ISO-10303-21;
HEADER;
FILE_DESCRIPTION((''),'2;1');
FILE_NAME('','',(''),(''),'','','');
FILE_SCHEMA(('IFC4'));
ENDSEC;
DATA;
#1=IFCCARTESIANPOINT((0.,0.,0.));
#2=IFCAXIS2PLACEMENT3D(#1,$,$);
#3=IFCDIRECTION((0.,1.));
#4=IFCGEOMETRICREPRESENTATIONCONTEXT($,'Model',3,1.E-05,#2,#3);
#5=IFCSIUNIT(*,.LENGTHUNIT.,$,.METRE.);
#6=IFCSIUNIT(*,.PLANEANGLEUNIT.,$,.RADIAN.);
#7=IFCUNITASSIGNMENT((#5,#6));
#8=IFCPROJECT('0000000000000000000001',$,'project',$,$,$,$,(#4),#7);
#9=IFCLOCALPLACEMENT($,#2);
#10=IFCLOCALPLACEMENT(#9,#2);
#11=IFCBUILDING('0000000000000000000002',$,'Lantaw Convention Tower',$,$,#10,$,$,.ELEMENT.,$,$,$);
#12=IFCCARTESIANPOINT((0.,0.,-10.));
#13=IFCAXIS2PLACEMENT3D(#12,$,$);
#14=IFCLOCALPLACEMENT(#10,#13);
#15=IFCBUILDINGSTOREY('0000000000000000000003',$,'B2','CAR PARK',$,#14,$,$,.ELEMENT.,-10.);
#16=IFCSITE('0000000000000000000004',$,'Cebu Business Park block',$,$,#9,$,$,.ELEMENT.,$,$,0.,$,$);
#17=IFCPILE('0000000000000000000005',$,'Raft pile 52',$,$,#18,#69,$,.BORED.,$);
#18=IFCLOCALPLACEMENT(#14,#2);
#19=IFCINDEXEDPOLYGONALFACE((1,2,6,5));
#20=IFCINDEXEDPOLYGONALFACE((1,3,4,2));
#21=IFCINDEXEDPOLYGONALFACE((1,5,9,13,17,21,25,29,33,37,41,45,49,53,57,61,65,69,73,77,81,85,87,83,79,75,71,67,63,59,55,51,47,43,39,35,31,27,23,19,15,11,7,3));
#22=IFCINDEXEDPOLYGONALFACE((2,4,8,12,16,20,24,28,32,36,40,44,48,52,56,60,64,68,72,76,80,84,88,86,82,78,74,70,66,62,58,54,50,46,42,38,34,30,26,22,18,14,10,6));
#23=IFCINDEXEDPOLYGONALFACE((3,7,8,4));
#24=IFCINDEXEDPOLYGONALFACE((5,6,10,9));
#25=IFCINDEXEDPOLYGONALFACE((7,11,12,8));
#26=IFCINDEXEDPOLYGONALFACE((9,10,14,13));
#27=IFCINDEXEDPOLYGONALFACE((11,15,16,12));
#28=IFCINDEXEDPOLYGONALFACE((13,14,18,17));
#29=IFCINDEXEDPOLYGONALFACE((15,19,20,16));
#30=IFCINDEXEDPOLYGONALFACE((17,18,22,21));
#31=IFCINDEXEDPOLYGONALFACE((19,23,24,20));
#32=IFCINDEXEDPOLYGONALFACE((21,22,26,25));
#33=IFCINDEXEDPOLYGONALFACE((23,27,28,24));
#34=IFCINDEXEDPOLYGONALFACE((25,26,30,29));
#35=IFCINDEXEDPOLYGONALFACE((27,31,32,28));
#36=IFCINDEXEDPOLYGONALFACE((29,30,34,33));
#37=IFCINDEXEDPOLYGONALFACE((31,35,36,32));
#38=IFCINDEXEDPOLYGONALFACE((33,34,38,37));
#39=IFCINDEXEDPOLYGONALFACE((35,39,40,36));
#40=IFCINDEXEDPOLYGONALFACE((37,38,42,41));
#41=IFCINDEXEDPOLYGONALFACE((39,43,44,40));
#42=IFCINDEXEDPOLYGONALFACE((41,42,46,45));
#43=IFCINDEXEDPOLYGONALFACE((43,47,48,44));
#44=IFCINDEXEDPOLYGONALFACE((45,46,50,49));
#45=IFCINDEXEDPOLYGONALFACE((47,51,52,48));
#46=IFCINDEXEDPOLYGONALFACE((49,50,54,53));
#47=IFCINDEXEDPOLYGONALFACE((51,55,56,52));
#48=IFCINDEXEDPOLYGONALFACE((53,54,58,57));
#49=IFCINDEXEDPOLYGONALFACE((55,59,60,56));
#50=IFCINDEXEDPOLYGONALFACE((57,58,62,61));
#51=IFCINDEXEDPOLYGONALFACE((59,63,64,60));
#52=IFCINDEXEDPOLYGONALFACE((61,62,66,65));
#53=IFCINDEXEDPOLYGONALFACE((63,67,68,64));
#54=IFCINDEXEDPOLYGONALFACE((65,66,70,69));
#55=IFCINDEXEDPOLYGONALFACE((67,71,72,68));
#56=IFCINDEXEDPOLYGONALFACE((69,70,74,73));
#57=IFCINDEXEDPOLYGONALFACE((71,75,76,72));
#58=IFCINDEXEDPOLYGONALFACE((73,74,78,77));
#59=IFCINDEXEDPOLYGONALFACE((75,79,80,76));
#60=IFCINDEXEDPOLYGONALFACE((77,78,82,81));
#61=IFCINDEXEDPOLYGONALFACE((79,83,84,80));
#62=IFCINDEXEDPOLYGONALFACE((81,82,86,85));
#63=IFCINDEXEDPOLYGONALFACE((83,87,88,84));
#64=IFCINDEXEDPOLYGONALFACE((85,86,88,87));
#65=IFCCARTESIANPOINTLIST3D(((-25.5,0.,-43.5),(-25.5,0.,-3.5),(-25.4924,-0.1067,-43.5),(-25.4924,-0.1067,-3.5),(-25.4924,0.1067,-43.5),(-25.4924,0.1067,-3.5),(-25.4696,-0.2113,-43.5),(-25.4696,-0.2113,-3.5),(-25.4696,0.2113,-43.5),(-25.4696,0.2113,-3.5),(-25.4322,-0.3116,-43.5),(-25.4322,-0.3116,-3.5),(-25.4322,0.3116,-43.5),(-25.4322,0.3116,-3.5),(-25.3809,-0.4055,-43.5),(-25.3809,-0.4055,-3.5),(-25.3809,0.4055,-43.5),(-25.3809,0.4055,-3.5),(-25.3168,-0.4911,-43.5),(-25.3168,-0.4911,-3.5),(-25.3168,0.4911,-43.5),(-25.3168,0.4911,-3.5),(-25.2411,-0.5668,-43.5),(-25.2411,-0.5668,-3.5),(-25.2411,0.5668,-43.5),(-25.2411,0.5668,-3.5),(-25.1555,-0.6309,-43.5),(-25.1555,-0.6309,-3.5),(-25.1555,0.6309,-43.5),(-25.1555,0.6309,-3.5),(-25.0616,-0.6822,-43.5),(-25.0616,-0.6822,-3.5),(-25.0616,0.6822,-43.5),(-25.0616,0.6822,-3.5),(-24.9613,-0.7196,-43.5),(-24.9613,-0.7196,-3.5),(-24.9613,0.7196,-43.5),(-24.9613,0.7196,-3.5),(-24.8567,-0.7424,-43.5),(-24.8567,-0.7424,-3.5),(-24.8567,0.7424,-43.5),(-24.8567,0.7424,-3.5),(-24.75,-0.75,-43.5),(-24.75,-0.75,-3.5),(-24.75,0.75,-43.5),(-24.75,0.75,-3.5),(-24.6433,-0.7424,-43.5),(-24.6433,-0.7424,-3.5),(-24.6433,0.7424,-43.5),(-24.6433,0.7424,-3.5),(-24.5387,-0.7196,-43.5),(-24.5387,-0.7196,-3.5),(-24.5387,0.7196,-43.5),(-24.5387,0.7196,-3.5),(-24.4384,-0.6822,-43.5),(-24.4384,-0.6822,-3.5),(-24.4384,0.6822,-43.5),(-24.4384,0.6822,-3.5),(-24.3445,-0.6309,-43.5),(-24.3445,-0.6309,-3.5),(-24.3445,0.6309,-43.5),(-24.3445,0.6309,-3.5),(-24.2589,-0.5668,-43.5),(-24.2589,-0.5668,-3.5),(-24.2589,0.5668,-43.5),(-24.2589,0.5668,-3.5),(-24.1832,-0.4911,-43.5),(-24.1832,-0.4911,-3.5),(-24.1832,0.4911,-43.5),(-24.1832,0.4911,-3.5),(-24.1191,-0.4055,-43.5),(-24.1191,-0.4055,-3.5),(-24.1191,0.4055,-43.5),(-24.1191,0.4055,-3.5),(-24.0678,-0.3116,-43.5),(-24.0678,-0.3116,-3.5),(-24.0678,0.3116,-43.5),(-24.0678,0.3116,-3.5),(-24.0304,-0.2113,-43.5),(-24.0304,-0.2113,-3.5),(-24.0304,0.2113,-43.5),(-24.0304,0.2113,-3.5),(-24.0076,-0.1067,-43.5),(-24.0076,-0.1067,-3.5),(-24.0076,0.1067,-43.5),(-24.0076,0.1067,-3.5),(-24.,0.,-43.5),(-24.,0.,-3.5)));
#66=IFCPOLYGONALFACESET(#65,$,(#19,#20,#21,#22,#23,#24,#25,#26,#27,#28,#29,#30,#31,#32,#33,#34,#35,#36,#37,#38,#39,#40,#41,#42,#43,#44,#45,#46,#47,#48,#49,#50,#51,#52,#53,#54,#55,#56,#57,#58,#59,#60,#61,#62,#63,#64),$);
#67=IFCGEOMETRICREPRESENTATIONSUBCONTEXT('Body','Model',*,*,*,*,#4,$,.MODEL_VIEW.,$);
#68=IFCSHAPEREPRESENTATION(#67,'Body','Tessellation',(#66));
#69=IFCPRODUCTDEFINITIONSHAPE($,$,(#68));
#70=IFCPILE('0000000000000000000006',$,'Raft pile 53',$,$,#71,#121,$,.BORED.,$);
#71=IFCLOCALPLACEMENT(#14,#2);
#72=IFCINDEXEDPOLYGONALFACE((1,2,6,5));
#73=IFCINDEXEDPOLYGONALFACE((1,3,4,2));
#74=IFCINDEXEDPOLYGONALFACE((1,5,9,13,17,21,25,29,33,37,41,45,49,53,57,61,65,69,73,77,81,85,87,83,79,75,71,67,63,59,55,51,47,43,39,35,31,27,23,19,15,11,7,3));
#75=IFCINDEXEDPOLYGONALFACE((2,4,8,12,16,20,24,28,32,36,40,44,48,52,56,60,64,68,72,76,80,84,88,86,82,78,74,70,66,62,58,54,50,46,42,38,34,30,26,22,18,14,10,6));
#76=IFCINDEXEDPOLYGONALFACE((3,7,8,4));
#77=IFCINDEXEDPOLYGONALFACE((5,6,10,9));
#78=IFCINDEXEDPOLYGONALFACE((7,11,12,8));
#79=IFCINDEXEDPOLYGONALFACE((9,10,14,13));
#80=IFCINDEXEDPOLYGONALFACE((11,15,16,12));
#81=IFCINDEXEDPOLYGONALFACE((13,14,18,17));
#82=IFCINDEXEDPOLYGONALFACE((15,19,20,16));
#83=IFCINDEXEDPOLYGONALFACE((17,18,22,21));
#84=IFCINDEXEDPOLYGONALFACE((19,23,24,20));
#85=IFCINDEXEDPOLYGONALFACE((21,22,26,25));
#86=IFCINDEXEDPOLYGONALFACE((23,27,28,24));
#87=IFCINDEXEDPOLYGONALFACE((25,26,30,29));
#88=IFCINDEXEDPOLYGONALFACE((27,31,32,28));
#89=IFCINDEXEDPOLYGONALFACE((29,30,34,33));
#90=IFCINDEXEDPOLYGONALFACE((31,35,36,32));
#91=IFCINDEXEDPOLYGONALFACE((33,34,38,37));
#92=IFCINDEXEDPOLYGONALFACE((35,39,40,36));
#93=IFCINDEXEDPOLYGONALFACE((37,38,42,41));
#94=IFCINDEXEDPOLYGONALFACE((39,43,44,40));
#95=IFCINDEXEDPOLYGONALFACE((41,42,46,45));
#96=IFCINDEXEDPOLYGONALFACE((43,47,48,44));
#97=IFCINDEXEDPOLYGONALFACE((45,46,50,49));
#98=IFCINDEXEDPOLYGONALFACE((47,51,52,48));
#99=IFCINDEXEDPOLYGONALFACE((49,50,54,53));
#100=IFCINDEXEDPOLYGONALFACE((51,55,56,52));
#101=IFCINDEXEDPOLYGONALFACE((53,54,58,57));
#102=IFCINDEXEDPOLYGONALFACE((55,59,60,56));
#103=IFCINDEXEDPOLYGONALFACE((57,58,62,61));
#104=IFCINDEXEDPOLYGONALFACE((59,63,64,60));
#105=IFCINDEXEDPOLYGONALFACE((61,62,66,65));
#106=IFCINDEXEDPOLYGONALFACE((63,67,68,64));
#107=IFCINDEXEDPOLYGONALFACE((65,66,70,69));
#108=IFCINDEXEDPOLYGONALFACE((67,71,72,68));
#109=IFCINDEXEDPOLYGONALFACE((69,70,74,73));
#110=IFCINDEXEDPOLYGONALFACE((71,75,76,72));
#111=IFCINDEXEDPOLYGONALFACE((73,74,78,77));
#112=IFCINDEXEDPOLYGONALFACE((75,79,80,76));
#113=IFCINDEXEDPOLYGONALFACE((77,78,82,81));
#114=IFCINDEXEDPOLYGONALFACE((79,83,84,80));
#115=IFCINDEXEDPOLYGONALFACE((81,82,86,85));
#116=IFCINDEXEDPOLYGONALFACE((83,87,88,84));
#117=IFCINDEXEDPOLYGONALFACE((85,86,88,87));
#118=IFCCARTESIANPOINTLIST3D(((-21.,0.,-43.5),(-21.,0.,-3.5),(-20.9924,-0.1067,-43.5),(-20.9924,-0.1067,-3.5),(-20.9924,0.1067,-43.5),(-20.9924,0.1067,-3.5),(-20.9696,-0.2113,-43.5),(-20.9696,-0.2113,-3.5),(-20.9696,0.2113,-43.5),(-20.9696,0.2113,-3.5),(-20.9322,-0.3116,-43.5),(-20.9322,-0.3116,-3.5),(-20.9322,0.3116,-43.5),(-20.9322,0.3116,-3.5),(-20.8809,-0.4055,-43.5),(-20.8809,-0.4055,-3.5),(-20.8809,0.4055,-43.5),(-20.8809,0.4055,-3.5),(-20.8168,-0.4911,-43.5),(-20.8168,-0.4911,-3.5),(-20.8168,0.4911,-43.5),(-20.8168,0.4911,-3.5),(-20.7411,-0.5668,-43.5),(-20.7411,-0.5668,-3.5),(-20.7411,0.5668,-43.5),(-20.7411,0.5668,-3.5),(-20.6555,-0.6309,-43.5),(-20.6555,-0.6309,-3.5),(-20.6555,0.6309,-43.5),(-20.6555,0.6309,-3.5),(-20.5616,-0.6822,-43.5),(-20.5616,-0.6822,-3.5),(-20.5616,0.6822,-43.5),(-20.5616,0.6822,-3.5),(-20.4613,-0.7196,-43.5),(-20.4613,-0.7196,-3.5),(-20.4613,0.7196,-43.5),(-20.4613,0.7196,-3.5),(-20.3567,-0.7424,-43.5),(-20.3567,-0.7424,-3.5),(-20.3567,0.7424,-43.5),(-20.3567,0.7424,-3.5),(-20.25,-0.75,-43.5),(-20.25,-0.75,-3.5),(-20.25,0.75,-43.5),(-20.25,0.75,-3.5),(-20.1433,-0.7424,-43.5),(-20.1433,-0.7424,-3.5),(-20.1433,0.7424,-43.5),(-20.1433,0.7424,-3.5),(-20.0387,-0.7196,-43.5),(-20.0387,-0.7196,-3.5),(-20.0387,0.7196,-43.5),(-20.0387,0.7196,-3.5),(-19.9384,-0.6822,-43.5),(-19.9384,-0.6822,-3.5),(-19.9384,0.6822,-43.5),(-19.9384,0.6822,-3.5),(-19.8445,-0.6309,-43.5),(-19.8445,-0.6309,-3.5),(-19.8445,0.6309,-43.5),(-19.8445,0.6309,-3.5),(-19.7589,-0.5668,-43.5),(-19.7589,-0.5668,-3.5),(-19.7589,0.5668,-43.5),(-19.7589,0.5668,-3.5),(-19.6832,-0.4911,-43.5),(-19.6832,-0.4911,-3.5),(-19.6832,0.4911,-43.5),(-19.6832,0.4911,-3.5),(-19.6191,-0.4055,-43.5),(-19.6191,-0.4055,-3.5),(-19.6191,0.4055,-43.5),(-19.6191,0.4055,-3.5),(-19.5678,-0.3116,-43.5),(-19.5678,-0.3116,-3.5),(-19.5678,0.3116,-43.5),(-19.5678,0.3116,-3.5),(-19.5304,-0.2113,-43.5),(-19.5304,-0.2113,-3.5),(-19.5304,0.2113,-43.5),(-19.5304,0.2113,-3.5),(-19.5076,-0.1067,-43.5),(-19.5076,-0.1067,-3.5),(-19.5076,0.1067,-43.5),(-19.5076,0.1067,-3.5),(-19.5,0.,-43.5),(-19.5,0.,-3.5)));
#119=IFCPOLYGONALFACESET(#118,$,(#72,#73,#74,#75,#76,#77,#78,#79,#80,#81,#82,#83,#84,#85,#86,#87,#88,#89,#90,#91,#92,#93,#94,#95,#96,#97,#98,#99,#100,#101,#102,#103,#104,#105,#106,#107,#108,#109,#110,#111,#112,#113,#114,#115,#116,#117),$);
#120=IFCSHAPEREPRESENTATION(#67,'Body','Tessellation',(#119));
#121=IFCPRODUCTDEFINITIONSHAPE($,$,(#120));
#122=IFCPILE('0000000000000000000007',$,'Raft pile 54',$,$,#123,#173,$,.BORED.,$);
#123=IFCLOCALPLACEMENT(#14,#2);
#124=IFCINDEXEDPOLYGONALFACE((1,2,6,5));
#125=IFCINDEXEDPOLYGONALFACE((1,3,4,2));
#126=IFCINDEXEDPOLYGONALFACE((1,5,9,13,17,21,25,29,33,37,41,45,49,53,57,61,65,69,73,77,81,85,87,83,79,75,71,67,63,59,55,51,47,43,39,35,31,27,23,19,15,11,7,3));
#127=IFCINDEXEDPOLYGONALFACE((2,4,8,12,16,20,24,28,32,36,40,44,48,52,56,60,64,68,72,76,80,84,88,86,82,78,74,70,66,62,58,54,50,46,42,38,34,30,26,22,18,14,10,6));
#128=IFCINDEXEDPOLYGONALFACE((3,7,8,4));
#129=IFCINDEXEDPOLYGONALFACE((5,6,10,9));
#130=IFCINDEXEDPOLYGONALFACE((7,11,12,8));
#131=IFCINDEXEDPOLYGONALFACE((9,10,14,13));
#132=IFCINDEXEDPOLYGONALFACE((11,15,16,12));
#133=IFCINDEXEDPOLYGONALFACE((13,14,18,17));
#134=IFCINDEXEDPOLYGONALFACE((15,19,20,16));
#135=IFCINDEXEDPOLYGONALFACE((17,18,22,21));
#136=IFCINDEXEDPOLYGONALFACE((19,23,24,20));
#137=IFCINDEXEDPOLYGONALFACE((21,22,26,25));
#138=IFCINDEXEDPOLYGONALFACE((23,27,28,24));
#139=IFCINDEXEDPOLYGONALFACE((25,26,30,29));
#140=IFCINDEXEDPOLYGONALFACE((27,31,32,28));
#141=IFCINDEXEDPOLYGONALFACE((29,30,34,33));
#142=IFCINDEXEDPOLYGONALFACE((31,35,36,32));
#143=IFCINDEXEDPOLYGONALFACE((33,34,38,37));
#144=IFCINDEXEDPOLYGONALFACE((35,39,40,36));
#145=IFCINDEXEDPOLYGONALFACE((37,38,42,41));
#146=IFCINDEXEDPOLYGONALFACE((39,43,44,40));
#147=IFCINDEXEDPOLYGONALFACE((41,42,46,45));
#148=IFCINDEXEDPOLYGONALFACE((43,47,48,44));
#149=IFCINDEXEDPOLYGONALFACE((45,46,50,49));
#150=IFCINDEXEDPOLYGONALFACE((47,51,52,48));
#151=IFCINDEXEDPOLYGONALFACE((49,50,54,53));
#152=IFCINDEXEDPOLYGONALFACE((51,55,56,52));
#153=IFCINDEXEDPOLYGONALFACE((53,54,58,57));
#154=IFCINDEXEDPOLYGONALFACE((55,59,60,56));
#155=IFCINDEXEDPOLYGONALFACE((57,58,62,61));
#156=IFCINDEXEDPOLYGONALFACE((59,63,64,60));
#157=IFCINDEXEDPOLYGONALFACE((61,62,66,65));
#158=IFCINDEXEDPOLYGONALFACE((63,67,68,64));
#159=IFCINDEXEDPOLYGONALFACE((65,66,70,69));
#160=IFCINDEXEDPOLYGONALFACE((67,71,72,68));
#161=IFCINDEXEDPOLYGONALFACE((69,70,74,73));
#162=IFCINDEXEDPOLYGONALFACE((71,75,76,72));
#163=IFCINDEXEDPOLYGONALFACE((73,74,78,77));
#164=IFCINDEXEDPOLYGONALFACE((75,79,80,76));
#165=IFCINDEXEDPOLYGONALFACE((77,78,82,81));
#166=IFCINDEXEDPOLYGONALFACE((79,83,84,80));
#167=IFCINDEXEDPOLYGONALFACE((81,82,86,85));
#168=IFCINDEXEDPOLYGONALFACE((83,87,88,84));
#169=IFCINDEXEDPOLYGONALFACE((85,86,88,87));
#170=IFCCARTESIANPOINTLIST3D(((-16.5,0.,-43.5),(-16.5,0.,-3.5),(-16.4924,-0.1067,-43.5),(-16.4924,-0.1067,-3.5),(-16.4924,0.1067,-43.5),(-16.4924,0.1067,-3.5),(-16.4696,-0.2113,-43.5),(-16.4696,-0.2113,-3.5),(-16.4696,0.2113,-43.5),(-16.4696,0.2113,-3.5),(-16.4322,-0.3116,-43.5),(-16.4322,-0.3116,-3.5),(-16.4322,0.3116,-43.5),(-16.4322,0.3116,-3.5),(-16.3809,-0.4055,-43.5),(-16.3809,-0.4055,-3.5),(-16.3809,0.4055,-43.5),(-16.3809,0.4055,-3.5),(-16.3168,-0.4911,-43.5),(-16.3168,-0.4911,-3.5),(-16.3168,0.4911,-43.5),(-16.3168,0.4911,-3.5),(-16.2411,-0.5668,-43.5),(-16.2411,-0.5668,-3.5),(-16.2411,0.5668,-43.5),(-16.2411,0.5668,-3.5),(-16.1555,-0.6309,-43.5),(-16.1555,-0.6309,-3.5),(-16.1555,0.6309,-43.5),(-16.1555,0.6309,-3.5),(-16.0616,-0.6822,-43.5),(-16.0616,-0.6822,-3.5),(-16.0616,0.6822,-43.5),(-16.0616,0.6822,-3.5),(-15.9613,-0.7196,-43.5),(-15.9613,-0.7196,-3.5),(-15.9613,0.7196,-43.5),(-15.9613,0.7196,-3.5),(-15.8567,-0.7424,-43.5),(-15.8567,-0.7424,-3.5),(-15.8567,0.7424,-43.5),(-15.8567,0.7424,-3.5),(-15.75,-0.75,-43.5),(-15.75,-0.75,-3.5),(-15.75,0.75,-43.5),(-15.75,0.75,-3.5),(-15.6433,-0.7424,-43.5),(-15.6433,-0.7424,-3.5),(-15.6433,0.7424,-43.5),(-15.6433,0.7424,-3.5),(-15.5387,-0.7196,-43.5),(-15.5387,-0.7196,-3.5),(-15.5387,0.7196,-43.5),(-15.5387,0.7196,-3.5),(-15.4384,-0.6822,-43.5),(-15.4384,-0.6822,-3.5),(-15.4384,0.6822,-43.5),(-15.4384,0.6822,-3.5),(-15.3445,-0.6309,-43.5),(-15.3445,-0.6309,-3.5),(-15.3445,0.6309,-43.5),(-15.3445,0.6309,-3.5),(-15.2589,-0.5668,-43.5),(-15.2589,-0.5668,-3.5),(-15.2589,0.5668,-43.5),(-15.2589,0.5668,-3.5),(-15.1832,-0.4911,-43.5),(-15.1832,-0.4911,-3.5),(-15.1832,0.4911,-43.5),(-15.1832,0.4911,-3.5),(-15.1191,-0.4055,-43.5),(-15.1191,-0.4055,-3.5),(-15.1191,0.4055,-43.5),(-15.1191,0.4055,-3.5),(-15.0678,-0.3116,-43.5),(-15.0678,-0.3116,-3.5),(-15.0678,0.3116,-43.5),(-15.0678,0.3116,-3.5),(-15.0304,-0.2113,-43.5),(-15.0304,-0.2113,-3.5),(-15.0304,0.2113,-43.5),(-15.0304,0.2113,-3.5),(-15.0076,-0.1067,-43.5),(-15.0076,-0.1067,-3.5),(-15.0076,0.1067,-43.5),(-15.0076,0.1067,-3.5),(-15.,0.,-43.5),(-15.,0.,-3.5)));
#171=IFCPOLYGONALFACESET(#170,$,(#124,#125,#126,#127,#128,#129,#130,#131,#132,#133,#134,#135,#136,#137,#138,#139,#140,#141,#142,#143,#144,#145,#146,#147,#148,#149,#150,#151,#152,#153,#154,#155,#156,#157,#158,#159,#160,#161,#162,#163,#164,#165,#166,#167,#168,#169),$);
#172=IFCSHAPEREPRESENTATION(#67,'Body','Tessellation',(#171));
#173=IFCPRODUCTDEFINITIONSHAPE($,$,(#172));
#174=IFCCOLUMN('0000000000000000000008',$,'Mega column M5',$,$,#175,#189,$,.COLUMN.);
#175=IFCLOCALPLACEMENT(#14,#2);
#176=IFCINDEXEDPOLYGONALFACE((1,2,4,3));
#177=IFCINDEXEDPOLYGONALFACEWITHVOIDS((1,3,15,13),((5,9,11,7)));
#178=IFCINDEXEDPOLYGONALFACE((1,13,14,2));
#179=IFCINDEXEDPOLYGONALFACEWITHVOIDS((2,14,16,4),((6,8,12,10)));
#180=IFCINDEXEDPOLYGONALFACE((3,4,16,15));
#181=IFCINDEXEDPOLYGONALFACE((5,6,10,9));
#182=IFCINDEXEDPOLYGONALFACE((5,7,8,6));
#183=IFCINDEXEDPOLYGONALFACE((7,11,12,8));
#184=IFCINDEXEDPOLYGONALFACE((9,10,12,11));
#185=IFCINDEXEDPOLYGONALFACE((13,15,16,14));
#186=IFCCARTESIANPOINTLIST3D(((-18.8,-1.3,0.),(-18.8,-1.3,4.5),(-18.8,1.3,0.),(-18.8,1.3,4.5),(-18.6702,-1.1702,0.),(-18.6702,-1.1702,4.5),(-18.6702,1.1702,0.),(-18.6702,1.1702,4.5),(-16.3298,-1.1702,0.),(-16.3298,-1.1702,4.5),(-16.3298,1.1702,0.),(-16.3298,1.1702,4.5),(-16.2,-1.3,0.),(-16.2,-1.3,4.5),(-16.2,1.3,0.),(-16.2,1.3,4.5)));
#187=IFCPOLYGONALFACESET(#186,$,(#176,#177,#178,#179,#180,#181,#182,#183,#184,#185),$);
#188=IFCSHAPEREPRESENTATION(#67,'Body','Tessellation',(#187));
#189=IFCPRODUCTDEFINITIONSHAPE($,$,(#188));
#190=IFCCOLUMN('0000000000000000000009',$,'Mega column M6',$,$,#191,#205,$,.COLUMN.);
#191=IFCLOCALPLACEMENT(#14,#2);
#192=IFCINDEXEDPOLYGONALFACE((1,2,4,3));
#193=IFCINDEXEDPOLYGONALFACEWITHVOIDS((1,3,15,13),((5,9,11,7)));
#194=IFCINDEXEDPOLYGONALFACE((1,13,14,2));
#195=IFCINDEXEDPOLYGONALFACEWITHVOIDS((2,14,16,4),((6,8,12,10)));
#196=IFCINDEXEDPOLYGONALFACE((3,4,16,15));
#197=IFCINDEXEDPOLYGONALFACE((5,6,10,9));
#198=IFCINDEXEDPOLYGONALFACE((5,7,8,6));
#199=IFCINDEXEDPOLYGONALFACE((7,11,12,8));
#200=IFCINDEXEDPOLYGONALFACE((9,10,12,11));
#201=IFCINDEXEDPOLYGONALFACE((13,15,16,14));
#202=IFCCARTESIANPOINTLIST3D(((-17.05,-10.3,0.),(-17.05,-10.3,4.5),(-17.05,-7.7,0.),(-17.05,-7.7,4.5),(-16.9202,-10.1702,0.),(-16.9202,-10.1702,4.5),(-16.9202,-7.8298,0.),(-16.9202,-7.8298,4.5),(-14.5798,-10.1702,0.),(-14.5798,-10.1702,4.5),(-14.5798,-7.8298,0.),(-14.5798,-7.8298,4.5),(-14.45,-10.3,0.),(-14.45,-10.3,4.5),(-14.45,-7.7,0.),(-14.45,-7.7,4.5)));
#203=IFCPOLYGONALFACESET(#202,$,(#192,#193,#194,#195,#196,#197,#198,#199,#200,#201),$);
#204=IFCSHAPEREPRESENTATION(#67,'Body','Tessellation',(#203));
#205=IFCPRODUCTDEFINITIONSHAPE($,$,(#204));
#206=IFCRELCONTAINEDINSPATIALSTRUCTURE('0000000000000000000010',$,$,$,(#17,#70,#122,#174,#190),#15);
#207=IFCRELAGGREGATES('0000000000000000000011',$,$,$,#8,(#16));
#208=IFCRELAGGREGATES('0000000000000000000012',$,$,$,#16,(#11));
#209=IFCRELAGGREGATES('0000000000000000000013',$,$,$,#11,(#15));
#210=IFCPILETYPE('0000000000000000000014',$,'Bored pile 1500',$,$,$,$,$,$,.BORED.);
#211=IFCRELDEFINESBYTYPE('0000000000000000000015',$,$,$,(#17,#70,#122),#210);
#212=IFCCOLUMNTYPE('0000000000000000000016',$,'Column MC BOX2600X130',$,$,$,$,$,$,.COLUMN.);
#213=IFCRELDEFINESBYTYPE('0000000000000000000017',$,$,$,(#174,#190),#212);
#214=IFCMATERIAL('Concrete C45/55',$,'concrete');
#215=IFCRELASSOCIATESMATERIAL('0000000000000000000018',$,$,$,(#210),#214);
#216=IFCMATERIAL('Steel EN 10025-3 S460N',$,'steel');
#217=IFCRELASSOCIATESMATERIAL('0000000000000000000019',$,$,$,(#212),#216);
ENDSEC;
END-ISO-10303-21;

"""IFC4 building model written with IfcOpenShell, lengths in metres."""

from ifc_helpers import new_model, si_unit, direction, frame, origin, origin_2d, place, context, subcontext, project, spatial, rectangle, hollow_rectangle, circle, extrude, material, material_profile, profile_set, type_object, element, save


model = new_model("IFC4")

# Units and contexts
model_context = context("Model", 3, precision=1e-05, world=origin(), true_north=direction((0.0, 1.0)))
body_context = subcontext(model_context, "Body", "Model", "MODEL_VIEW")
ifc_project = project(units=[si_unit("LENGTHUNIT", "METRE"), si_unit("PLANEANGLEUNIT", "RADIAN")], contexts=[model_context])

# Site, building, storey
site_placement = place(None, origin())
site = spatial("IfcSite", under=ifc_project, at=site_placement, Name="Cebu Business Park block", CompositionType="ELEMENT", RefElevation=0.0)
building_placement = place(site_placement, origin())
building = spatial("IfcBuilding", under=site, at=building_placement, Name="Lantaw Convention Tower", CompositionType="ELEMENT")
storey_placement = place(building_placement, frame((0.0, 0.0, -10.0)))
storey = spatial("IfcBuildingStorey", under=building, at=storey_placement, Name="B2", Description="CAR PARK", CompositionType="ELEMENT", Elevation=-10.0)

# Piles
ifc_material_1 = material(Name="Concrete C45/55", Category="concrete")
ifc_material_profile_1 = material_profile(ifc_material_1, circle(Radius=0.75, at=origin_2d()), Name="Bored pile 1500")
ifc_profile_set_1 = profile_set([ifc_material_profile_1], Name="Concrete C45/55")
pile_type_1 = type_object("IfcPileType", Name="Bored pile 1500", PredefinedType="BORED", material=ifc_profile_set_1)
for number, where, z_axis, x_axis, name in (
    (1, (-24.75, 0.0, -3.5), (0.0, 0.0, -1.0), (1.0, 0.0, 0.0), "Raft pile 52"),
    (2, (-20.25, 0.0, -3.5), (0.0, 0.0, -1.0), (1.0, 0.0, 0.0), "Raft pile 53"),
    (3, (-15.75, 0.0, -3.5), (0.0, 0.0, -1.0), (1.0, 0.0, 0.0), "Raft pile 54"),
):
    element("IfcPile", number, at=place(storey_placement, frame(where, z_axis=z_axis, x_axis=x_axis)), inside=storey, type_object=pile_type_1, Name=name, PredefinedType="BORED", context=body_context, shape_type="SweptSolid", body=[
        extrude(circle(Radius=0.75, at=origin_2d()), origin(), (0.0, 0.0, 1.0), 40.0),
    ])

# Columns
ifc_material_2 = material(Name="Steel EN 10025-3 S460N", Category="steel")
ifc_material_profile_2 = material_profile(ifc_material_2, hollow_rectangle(XDim=2.6001, YDim=2.6001, WallThickness=0.1299, at=origin_2d()), Name="BOX2600X130")
ifc_material_3 = material(Name="Concrete C60/75", Category="concrete")
ifc_material_profile_3 = material_profile(ifc_material_3, rectangle(XDim=2.3401, YDim=2.3401, at=origin_2d()), Name="Concrete fill of BOX2600X130")
ifc_profile_set_2 = profile_set([ifc_material_profile_2, ifc_material_profile_3], Name="Steel EN 10025-3 S460N")
column_type_1 = type_object("IfcColumnType", Name="Column MC BOX2600X130", PredefinedType="COLUMN", material=ifc_profile_set_2)
for number, where, z_axis, x_axis, name in (
    (4, (-17.5, 0.0, 0.0), (0.0, 0.0, 1.0), (1.0, 0.0, 0.0), "Mega column M5"),
    (5, (-15.75, -9.0, 0.0), (0.0, 0.0, 1.0), (1.0, 0.0, 0.0), "Mega column M6"),
):
    element("IfcColumn", number, at=place(storey_placement, frame(where, z_axis=z_axis, x_axis=x_axis)), inside=storey, type_object=column_type_1, Name=name, PredefinedType="COLUMN", context=body_context, shape_type="SweptSolid", body=[
        extrude(hollow_rectangle(XDim=2.6001, YDim=2.6001, WallThickness=0.1299, at=origin_2d()), origin(), (0.0, 0.0, 1.0), 4.5),
    ])

save(model, "model.ifc")
